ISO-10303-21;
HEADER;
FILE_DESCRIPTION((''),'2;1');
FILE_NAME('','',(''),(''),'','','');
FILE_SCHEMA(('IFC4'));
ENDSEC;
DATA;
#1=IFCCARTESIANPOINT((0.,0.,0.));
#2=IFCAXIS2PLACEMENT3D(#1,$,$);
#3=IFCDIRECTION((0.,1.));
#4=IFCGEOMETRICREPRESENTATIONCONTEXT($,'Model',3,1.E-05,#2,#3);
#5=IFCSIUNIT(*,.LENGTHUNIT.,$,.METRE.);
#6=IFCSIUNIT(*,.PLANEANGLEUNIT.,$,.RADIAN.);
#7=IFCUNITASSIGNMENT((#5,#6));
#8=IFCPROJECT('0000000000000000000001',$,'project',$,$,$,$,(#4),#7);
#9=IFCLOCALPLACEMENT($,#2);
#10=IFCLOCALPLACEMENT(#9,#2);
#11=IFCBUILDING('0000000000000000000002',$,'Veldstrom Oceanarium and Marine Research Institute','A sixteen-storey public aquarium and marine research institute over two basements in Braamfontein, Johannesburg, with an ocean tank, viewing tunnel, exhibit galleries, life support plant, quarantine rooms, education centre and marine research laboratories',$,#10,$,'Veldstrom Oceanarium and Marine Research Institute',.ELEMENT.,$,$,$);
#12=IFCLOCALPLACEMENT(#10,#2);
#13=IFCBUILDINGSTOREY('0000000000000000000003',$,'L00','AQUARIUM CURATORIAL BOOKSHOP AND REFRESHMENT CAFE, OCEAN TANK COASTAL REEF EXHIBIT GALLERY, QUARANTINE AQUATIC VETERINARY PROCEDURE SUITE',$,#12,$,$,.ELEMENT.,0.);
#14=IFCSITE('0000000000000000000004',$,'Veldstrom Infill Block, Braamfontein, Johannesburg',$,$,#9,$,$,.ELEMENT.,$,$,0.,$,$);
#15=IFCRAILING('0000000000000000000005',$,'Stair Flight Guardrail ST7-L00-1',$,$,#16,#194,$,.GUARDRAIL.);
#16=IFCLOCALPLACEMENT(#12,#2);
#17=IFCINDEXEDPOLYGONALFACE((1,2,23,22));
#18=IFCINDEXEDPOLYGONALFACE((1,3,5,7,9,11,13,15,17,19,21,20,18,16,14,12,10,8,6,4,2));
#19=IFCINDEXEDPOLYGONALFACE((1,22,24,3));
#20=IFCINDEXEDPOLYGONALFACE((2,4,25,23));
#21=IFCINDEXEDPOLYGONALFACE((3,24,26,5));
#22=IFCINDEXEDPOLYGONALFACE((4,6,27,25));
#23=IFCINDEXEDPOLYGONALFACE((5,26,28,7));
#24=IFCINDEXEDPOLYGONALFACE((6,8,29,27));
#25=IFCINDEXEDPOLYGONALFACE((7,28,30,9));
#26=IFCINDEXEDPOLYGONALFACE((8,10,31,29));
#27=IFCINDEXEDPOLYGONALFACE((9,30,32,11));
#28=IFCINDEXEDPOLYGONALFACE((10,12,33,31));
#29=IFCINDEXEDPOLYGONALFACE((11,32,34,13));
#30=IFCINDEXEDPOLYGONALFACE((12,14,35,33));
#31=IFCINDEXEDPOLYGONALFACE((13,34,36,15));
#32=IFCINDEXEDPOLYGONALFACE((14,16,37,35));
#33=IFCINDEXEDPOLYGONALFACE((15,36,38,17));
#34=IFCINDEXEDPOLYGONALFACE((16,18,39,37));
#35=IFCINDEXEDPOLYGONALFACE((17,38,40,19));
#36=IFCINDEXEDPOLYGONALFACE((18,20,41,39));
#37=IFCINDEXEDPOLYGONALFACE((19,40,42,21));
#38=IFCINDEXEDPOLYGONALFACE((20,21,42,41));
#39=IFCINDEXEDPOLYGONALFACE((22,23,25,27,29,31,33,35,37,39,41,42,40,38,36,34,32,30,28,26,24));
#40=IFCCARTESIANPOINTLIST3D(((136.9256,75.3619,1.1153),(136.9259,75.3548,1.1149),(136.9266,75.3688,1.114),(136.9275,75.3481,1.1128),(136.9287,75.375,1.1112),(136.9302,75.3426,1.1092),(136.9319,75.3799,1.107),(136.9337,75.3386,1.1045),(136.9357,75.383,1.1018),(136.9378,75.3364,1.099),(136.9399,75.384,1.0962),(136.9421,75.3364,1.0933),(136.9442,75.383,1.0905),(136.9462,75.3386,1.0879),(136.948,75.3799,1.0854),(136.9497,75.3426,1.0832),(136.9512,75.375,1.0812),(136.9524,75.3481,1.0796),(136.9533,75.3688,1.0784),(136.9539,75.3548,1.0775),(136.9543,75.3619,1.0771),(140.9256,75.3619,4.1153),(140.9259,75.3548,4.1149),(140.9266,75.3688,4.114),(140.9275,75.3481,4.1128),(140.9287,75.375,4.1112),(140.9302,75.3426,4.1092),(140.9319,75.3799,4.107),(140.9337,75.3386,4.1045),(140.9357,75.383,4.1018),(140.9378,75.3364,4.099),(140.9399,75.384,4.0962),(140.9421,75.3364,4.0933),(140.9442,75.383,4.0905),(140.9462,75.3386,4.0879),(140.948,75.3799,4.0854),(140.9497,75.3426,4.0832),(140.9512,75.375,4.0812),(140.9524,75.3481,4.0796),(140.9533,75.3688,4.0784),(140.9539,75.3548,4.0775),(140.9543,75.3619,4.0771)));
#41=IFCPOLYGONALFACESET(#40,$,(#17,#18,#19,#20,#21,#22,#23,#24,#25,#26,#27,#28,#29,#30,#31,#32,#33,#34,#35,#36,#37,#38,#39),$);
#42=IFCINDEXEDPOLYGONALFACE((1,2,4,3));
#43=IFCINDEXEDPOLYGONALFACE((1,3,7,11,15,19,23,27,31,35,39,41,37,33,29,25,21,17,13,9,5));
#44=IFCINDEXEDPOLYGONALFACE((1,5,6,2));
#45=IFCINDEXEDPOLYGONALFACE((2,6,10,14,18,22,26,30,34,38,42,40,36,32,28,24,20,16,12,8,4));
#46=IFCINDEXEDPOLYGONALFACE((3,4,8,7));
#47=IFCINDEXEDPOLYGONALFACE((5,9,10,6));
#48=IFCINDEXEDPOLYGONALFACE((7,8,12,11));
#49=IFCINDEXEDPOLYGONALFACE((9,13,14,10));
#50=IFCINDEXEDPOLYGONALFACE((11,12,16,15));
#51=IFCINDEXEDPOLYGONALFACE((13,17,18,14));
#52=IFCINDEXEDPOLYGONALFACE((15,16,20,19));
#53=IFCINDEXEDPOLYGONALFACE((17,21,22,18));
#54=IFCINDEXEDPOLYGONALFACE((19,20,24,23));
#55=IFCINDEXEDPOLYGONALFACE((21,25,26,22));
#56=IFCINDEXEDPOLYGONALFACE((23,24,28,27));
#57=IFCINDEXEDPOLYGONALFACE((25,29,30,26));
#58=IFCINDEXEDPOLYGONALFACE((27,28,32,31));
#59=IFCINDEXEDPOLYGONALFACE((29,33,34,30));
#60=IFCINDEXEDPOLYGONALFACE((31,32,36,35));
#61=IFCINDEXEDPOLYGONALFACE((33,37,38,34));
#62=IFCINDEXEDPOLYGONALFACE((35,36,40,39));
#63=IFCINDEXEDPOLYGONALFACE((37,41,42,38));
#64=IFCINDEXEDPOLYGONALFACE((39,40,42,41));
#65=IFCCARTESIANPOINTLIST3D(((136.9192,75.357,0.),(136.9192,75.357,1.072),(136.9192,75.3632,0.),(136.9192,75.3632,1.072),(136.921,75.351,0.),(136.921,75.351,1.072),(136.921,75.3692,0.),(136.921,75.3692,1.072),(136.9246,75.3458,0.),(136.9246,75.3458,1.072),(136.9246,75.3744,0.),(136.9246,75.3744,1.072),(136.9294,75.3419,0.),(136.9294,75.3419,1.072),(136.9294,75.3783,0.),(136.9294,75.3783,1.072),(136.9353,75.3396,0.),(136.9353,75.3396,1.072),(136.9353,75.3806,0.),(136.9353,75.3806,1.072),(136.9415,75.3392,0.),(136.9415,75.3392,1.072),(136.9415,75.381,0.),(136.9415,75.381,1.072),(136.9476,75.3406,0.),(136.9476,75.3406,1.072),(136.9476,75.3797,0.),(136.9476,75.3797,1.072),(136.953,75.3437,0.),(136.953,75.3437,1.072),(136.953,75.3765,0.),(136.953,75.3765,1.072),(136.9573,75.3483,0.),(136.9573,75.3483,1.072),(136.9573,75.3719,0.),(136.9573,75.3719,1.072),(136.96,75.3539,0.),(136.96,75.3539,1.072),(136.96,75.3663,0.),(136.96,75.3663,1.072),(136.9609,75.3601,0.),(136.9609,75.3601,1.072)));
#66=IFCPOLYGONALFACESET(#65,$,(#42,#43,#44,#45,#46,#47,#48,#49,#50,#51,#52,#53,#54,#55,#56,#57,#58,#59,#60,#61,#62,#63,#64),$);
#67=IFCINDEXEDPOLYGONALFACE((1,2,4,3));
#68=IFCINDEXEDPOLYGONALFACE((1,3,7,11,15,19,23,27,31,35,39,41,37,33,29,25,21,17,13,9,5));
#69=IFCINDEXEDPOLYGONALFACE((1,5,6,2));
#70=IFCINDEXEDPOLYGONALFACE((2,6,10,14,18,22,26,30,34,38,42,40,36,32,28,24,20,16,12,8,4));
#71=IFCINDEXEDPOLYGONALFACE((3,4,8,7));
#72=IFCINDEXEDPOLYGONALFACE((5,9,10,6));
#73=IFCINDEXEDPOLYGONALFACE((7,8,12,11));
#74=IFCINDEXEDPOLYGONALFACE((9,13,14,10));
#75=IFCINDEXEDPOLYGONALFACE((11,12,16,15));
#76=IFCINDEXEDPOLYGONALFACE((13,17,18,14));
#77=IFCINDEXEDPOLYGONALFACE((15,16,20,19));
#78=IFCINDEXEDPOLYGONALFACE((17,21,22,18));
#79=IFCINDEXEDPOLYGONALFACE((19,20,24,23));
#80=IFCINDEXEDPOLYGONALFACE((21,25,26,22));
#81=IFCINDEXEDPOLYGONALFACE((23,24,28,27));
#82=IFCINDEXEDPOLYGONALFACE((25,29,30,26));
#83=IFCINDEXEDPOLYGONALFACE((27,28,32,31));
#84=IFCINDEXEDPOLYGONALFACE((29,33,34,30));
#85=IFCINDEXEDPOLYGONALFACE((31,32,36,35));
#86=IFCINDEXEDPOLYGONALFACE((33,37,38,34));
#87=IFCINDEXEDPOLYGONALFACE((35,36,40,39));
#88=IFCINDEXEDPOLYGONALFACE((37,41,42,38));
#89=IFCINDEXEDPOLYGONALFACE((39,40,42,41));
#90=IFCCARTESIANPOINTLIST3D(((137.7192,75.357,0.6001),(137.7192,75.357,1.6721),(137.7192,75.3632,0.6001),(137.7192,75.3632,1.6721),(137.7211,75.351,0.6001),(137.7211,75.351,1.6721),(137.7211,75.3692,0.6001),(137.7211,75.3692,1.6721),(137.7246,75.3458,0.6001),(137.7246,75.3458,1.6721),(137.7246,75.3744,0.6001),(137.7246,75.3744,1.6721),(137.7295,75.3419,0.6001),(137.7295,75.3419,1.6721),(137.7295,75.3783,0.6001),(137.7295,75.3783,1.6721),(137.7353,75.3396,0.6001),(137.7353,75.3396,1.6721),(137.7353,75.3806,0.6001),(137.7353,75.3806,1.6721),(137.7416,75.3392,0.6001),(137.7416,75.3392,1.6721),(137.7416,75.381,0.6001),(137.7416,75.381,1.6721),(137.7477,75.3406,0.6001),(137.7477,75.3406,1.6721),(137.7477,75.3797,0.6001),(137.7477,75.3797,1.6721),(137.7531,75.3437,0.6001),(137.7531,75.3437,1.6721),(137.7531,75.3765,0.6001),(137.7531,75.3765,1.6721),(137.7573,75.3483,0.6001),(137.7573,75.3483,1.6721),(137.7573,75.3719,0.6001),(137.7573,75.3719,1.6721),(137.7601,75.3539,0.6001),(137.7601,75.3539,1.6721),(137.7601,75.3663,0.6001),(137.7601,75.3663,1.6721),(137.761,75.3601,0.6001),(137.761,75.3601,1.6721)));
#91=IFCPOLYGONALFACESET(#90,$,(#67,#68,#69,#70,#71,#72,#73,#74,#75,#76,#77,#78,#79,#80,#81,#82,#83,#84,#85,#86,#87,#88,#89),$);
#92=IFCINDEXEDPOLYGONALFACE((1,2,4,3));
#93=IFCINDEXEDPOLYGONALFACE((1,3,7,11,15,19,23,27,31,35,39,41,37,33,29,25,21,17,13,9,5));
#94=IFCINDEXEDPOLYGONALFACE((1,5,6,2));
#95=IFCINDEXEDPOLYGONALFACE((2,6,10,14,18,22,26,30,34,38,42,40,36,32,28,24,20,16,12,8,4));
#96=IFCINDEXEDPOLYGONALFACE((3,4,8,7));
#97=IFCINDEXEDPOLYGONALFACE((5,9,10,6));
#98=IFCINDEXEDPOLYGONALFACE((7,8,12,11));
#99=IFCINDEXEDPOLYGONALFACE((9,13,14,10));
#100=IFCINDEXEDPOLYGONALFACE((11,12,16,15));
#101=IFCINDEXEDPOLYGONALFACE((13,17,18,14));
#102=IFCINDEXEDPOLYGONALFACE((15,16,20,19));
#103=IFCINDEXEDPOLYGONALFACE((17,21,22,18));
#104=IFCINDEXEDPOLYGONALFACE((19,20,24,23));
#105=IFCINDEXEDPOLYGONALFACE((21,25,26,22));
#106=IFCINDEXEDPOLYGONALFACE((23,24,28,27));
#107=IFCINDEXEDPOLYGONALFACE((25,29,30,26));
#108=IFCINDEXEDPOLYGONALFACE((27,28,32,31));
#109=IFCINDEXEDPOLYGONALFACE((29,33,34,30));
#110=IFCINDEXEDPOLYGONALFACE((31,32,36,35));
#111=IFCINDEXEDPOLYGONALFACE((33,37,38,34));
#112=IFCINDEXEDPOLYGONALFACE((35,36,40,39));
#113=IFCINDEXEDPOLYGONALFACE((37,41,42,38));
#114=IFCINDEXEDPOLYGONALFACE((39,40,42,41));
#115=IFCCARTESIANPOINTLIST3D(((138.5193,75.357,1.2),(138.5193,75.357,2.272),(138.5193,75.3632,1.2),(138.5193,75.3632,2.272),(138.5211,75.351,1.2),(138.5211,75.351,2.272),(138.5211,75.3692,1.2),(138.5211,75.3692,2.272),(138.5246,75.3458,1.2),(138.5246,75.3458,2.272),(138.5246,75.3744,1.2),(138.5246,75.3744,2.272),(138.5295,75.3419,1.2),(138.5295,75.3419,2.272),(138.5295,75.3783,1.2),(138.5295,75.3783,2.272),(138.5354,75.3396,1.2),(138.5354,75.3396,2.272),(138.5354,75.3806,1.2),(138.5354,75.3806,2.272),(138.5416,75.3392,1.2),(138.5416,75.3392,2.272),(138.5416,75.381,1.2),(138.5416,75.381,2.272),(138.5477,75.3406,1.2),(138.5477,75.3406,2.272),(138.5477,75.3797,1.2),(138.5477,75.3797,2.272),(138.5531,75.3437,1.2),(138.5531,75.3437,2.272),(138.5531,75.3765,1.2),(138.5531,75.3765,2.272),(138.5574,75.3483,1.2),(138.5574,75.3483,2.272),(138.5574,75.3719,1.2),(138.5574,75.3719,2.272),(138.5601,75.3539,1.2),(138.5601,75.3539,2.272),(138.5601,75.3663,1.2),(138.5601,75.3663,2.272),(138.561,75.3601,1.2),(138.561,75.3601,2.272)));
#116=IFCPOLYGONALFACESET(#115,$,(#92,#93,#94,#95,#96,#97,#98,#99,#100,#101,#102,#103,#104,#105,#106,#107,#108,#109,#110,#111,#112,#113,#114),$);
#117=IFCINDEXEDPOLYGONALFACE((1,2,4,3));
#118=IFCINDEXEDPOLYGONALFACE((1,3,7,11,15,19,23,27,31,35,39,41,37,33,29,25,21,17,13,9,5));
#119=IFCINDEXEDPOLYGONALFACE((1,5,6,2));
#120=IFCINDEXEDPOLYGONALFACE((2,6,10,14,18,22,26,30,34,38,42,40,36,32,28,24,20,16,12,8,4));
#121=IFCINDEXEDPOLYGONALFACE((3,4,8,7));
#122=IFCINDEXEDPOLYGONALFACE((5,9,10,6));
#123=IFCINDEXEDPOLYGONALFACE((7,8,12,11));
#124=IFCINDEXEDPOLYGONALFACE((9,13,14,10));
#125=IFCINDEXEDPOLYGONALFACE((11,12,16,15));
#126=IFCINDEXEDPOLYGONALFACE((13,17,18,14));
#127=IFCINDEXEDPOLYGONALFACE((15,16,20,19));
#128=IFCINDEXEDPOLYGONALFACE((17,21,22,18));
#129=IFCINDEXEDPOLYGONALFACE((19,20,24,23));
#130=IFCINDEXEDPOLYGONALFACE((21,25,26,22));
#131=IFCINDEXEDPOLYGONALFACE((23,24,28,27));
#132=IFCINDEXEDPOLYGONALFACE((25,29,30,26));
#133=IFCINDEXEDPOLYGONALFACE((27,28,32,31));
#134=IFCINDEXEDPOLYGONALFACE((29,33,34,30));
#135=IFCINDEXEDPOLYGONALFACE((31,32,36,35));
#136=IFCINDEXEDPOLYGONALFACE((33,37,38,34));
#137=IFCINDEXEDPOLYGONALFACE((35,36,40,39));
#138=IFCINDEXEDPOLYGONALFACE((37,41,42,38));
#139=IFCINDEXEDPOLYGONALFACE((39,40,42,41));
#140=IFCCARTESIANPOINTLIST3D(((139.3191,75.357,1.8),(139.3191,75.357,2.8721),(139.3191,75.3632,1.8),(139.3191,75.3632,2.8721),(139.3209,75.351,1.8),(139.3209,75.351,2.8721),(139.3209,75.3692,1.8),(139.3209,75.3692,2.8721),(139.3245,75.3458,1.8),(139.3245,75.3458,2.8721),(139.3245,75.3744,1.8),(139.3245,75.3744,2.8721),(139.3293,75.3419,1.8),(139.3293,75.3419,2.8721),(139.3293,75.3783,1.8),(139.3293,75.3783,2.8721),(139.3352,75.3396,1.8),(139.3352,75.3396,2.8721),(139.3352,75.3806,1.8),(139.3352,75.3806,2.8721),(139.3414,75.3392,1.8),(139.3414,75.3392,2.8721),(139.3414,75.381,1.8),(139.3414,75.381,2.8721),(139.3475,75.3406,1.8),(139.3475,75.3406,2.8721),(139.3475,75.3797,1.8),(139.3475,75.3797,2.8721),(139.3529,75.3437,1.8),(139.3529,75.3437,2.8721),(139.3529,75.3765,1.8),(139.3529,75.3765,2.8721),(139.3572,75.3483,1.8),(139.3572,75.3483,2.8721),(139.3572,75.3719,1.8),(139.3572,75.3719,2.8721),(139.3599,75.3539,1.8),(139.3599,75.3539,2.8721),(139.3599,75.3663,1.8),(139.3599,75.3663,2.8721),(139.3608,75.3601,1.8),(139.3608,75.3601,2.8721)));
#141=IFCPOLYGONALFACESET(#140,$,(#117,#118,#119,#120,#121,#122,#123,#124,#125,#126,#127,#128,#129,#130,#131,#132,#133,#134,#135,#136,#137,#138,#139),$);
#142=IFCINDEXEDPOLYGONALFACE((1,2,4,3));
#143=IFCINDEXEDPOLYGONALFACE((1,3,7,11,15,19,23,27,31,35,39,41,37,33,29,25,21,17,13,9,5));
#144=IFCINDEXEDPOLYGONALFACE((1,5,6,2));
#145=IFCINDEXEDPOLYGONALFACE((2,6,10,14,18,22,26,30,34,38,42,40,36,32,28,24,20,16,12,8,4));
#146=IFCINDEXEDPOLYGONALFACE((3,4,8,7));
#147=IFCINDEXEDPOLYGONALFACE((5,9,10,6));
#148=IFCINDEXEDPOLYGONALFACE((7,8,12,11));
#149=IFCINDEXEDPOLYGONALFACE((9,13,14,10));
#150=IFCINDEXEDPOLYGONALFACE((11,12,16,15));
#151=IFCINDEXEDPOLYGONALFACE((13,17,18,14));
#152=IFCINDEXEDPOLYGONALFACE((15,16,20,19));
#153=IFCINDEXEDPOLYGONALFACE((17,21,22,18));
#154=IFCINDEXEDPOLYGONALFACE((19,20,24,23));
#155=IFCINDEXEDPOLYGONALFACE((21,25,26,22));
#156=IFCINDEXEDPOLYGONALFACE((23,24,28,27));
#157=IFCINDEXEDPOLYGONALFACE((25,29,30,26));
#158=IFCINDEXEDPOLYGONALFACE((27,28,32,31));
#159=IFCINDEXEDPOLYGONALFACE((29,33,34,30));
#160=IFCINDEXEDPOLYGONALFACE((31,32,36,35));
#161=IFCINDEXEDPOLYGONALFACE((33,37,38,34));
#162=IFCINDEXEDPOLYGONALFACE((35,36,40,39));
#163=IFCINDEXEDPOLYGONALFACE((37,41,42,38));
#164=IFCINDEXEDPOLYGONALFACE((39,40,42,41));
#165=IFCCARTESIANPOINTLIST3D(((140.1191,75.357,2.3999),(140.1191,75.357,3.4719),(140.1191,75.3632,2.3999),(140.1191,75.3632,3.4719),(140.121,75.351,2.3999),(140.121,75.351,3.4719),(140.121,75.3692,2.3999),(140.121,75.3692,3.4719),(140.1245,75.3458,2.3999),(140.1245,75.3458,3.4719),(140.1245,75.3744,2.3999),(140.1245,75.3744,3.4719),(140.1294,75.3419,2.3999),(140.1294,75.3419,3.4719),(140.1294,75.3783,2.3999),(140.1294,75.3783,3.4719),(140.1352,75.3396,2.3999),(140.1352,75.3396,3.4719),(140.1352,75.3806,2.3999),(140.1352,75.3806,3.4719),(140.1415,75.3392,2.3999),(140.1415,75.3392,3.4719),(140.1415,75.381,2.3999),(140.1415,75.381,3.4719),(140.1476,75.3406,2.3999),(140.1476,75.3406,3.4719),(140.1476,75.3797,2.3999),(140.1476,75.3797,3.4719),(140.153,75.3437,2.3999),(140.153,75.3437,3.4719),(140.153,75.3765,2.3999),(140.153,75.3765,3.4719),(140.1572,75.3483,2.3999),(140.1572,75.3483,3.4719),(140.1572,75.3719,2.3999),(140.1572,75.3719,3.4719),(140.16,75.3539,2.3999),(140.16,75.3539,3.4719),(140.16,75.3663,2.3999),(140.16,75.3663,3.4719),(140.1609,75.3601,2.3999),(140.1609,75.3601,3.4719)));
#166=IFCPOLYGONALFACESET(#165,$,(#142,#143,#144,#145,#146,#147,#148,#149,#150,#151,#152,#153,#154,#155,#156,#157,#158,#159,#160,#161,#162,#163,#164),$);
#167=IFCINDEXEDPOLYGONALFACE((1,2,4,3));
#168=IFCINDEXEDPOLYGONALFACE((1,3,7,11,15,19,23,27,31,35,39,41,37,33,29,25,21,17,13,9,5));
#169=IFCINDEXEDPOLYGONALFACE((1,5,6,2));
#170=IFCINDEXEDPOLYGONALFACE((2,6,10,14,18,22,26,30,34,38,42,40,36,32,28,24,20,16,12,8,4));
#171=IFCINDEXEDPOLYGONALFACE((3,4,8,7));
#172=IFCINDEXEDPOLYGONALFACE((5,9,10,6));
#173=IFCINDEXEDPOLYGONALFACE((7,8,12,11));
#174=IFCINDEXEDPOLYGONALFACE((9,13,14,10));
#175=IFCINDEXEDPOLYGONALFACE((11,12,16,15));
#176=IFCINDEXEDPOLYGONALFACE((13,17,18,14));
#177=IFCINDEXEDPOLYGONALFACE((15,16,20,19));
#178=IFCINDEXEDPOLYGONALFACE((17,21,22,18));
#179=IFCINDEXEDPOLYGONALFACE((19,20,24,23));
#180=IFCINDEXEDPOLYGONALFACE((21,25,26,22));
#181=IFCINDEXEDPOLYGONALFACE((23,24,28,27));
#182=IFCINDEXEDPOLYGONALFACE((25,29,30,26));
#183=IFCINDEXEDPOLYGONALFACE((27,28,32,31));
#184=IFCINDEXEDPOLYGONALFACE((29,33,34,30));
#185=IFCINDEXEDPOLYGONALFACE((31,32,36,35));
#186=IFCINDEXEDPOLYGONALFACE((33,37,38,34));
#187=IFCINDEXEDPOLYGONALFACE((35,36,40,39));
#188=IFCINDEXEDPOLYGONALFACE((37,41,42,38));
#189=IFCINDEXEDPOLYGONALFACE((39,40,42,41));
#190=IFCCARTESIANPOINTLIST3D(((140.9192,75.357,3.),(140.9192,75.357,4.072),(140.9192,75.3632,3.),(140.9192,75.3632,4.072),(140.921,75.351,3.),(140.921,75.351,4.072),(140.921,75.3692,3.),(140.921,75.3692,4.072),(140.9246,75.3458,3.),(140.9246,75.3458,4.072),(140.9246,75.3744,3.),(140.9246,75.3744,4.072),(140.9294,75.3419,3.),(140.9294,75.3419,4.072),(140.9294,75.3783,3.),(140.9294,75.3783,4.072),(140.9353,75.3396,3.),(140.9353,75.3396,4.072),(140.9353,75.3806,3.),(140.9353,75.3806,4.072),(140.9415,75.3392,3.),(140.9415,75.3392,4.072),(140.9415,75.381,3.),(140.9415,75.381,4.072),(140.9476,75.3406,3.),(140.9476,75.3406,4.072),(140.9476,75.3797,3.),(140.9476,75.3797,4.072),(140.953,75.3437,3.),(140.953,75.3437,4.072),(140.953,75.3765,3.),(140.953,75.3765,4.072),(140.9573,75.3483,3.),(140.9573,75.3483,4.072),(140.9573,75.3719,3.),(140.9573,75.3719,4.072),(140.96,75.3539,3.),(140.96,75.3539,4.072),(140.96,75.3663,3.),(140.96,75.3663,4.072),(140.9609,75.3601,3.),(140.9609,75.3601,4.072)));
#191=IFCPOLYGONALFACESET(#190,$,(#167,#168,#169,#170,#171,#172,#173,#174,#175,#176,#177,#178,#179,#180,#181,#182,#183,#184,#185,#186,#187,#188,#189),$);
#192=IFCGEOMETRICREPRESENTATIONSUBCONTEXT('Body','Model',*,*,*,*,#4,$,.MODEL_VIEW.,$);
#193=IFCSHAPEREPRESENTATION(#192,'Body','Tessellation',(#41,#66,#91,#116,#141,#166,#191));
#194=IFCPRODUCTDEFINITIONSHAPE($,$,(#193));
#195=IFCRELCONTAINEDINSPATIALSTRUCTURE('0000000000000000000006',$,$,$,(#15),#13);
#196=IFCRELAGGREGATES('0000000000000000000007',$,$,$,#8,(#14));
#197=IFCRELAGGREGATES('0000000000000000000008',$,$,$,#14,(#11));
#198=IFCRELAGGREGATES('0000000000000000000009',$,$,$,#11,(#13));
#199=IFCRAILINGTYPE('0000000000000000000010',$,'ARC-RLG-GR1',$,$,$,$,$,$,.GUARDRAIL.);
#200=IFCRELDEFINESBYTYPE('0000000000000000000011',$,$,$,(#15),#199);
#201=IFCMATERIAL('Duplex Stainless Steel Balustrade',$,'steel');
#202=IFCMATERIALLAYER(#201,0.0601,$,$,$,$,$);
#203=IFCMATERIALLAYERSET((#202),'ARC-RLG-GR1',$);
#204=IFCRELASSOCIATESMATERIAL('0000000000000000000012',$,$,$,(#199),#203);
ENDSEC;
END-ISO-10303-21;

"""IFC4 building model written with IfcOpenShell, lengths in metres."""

from ifc_helpers import new_model, si_unit, direction, frame, origin, origin_2d, place, context, subcontext, project, spatial, circle, extrude, material, layer, layer_set, type_object, element, save


model = new_model("IFC4")

# Units and contexts
model_context = context("Model", 3, precision=1e-05, world=origin(), true_north=direction((0.0, 1.0)))
body_context = subcontext(model_context, "Body", "Model", "MODEL_VIEW")
ifc_project = project(units=[si_unit("LENGTHUNIT", "METRE"), si_unit("PLANEANGLEUNIT", "RADIAN")], contexts=[model_context])

# Site, building, storey
site_placement = place(None, origin())
site = spatial("IfcSite", under=ifc_project, at=site_placement, Name="Veldstrom Infill Block, Braamfontein, Johannesburg", CompositionType="ELEMENT", RefElevation=0.0)
building_placement = place(site_placement, origin())
building = spatial("IfcBuilding", under=site, at=building_placement, Name="Veldstrom Oceanarium and Marine Research Institute", Description="A sixteen-storey public aquarium and marine research institute over two basements in Braamfontein, Johannesburg, with an ocean tank, viewing tunnel, exhibit galleries, life support plant, quarantine rooms, education centre and marine research laboratories", LongName="Veldstrom Oceanarium and Marine Research Institute", CompositionType="ELEMENT")
storey_placement = place(building_placement, origin())
storey = spatial("IfcBuildingStorey", under=building, at=storey_placement, Name="L00", Description="AQUARIUM CURATORIAL BOOKSHOP AND REFRESHMENT CAFE, OCEAN TANK COASTAL REEF EXHIBIT GALLERY, QUARANTINE AQUATIC VETERINARY PROCEDURE SUITE", CompositionType="ELEMENT", Elevation=0.0)

# Railing
ifc_material_1 = material(Name="Duplex Stainless Steel Balustrade", Category="steel")
ifc_layer_1 = layer(ifc_material_1, 0.0601)
ifc_layer_set_1 = layer_set([ifc_layer_1], Name="ARC-RLG-GR1")
railing_type_1 = type_object("IfcRailingType", Name="ARC-RLG-GR1", PredefinedType="GUARDRAIL", material=ifc_layer_set_1)
railing_1_placement = place(storey_placement, frame((136.9399, 75.3601, 0.0)))
element("IfcRailing", 1, at=railing_1_placement, inside=storey, type_object=railing_type_1, Name="Stair Flight Guardrail ST7-L00-1", PredefinedType="GUARDRAIL", context=body_context, shape_type="SweptSolid", body=[
    extrude(circle(Radius=0.0239, at=origin_2d()), frame((0.0, 0.0, 1.0962), z_axis=(0.8, 0.0, 0.6), x_axis=(0.0, 1.0, 0.0)), (0.0, 0.0, 1.0), 5.0),
    extrude(circle(Radius=0.021, at=origin_2d()), origin(), (0.0, 0.0, 1.0), 1.072),
    extrude(circle(Radius=0.021, at=origin_2d()), frame((0.8, 0.0, 0.6001)), (0.0, 0.0, 1.0), 1.072),
    extrude(circle(Radius=0.021, at=origin_2d()), frame((1.6001, 0.0, 1.2)), (0.0, 0.0, 1.0), 1.072),
    extrude(circle(Radius=0.021, at=origin_2d()), frame((2.3999, 0.0, 1.8)), (0.0, 0.0, 1.0), 1.072),
    extrude(circle(Radius=0.021, at=origin_2d()), frame((3.2, 0.0, 2.3999)), (0.0, 0.0, 1.0), 1.072),
    extrude(circle(Radius=0.021, at=origin_2d()), frame((4.0, 0.0, 3.0)), (0.0, 0.0, 1.0), 1.072),
])

save(model, "model.ifc")
